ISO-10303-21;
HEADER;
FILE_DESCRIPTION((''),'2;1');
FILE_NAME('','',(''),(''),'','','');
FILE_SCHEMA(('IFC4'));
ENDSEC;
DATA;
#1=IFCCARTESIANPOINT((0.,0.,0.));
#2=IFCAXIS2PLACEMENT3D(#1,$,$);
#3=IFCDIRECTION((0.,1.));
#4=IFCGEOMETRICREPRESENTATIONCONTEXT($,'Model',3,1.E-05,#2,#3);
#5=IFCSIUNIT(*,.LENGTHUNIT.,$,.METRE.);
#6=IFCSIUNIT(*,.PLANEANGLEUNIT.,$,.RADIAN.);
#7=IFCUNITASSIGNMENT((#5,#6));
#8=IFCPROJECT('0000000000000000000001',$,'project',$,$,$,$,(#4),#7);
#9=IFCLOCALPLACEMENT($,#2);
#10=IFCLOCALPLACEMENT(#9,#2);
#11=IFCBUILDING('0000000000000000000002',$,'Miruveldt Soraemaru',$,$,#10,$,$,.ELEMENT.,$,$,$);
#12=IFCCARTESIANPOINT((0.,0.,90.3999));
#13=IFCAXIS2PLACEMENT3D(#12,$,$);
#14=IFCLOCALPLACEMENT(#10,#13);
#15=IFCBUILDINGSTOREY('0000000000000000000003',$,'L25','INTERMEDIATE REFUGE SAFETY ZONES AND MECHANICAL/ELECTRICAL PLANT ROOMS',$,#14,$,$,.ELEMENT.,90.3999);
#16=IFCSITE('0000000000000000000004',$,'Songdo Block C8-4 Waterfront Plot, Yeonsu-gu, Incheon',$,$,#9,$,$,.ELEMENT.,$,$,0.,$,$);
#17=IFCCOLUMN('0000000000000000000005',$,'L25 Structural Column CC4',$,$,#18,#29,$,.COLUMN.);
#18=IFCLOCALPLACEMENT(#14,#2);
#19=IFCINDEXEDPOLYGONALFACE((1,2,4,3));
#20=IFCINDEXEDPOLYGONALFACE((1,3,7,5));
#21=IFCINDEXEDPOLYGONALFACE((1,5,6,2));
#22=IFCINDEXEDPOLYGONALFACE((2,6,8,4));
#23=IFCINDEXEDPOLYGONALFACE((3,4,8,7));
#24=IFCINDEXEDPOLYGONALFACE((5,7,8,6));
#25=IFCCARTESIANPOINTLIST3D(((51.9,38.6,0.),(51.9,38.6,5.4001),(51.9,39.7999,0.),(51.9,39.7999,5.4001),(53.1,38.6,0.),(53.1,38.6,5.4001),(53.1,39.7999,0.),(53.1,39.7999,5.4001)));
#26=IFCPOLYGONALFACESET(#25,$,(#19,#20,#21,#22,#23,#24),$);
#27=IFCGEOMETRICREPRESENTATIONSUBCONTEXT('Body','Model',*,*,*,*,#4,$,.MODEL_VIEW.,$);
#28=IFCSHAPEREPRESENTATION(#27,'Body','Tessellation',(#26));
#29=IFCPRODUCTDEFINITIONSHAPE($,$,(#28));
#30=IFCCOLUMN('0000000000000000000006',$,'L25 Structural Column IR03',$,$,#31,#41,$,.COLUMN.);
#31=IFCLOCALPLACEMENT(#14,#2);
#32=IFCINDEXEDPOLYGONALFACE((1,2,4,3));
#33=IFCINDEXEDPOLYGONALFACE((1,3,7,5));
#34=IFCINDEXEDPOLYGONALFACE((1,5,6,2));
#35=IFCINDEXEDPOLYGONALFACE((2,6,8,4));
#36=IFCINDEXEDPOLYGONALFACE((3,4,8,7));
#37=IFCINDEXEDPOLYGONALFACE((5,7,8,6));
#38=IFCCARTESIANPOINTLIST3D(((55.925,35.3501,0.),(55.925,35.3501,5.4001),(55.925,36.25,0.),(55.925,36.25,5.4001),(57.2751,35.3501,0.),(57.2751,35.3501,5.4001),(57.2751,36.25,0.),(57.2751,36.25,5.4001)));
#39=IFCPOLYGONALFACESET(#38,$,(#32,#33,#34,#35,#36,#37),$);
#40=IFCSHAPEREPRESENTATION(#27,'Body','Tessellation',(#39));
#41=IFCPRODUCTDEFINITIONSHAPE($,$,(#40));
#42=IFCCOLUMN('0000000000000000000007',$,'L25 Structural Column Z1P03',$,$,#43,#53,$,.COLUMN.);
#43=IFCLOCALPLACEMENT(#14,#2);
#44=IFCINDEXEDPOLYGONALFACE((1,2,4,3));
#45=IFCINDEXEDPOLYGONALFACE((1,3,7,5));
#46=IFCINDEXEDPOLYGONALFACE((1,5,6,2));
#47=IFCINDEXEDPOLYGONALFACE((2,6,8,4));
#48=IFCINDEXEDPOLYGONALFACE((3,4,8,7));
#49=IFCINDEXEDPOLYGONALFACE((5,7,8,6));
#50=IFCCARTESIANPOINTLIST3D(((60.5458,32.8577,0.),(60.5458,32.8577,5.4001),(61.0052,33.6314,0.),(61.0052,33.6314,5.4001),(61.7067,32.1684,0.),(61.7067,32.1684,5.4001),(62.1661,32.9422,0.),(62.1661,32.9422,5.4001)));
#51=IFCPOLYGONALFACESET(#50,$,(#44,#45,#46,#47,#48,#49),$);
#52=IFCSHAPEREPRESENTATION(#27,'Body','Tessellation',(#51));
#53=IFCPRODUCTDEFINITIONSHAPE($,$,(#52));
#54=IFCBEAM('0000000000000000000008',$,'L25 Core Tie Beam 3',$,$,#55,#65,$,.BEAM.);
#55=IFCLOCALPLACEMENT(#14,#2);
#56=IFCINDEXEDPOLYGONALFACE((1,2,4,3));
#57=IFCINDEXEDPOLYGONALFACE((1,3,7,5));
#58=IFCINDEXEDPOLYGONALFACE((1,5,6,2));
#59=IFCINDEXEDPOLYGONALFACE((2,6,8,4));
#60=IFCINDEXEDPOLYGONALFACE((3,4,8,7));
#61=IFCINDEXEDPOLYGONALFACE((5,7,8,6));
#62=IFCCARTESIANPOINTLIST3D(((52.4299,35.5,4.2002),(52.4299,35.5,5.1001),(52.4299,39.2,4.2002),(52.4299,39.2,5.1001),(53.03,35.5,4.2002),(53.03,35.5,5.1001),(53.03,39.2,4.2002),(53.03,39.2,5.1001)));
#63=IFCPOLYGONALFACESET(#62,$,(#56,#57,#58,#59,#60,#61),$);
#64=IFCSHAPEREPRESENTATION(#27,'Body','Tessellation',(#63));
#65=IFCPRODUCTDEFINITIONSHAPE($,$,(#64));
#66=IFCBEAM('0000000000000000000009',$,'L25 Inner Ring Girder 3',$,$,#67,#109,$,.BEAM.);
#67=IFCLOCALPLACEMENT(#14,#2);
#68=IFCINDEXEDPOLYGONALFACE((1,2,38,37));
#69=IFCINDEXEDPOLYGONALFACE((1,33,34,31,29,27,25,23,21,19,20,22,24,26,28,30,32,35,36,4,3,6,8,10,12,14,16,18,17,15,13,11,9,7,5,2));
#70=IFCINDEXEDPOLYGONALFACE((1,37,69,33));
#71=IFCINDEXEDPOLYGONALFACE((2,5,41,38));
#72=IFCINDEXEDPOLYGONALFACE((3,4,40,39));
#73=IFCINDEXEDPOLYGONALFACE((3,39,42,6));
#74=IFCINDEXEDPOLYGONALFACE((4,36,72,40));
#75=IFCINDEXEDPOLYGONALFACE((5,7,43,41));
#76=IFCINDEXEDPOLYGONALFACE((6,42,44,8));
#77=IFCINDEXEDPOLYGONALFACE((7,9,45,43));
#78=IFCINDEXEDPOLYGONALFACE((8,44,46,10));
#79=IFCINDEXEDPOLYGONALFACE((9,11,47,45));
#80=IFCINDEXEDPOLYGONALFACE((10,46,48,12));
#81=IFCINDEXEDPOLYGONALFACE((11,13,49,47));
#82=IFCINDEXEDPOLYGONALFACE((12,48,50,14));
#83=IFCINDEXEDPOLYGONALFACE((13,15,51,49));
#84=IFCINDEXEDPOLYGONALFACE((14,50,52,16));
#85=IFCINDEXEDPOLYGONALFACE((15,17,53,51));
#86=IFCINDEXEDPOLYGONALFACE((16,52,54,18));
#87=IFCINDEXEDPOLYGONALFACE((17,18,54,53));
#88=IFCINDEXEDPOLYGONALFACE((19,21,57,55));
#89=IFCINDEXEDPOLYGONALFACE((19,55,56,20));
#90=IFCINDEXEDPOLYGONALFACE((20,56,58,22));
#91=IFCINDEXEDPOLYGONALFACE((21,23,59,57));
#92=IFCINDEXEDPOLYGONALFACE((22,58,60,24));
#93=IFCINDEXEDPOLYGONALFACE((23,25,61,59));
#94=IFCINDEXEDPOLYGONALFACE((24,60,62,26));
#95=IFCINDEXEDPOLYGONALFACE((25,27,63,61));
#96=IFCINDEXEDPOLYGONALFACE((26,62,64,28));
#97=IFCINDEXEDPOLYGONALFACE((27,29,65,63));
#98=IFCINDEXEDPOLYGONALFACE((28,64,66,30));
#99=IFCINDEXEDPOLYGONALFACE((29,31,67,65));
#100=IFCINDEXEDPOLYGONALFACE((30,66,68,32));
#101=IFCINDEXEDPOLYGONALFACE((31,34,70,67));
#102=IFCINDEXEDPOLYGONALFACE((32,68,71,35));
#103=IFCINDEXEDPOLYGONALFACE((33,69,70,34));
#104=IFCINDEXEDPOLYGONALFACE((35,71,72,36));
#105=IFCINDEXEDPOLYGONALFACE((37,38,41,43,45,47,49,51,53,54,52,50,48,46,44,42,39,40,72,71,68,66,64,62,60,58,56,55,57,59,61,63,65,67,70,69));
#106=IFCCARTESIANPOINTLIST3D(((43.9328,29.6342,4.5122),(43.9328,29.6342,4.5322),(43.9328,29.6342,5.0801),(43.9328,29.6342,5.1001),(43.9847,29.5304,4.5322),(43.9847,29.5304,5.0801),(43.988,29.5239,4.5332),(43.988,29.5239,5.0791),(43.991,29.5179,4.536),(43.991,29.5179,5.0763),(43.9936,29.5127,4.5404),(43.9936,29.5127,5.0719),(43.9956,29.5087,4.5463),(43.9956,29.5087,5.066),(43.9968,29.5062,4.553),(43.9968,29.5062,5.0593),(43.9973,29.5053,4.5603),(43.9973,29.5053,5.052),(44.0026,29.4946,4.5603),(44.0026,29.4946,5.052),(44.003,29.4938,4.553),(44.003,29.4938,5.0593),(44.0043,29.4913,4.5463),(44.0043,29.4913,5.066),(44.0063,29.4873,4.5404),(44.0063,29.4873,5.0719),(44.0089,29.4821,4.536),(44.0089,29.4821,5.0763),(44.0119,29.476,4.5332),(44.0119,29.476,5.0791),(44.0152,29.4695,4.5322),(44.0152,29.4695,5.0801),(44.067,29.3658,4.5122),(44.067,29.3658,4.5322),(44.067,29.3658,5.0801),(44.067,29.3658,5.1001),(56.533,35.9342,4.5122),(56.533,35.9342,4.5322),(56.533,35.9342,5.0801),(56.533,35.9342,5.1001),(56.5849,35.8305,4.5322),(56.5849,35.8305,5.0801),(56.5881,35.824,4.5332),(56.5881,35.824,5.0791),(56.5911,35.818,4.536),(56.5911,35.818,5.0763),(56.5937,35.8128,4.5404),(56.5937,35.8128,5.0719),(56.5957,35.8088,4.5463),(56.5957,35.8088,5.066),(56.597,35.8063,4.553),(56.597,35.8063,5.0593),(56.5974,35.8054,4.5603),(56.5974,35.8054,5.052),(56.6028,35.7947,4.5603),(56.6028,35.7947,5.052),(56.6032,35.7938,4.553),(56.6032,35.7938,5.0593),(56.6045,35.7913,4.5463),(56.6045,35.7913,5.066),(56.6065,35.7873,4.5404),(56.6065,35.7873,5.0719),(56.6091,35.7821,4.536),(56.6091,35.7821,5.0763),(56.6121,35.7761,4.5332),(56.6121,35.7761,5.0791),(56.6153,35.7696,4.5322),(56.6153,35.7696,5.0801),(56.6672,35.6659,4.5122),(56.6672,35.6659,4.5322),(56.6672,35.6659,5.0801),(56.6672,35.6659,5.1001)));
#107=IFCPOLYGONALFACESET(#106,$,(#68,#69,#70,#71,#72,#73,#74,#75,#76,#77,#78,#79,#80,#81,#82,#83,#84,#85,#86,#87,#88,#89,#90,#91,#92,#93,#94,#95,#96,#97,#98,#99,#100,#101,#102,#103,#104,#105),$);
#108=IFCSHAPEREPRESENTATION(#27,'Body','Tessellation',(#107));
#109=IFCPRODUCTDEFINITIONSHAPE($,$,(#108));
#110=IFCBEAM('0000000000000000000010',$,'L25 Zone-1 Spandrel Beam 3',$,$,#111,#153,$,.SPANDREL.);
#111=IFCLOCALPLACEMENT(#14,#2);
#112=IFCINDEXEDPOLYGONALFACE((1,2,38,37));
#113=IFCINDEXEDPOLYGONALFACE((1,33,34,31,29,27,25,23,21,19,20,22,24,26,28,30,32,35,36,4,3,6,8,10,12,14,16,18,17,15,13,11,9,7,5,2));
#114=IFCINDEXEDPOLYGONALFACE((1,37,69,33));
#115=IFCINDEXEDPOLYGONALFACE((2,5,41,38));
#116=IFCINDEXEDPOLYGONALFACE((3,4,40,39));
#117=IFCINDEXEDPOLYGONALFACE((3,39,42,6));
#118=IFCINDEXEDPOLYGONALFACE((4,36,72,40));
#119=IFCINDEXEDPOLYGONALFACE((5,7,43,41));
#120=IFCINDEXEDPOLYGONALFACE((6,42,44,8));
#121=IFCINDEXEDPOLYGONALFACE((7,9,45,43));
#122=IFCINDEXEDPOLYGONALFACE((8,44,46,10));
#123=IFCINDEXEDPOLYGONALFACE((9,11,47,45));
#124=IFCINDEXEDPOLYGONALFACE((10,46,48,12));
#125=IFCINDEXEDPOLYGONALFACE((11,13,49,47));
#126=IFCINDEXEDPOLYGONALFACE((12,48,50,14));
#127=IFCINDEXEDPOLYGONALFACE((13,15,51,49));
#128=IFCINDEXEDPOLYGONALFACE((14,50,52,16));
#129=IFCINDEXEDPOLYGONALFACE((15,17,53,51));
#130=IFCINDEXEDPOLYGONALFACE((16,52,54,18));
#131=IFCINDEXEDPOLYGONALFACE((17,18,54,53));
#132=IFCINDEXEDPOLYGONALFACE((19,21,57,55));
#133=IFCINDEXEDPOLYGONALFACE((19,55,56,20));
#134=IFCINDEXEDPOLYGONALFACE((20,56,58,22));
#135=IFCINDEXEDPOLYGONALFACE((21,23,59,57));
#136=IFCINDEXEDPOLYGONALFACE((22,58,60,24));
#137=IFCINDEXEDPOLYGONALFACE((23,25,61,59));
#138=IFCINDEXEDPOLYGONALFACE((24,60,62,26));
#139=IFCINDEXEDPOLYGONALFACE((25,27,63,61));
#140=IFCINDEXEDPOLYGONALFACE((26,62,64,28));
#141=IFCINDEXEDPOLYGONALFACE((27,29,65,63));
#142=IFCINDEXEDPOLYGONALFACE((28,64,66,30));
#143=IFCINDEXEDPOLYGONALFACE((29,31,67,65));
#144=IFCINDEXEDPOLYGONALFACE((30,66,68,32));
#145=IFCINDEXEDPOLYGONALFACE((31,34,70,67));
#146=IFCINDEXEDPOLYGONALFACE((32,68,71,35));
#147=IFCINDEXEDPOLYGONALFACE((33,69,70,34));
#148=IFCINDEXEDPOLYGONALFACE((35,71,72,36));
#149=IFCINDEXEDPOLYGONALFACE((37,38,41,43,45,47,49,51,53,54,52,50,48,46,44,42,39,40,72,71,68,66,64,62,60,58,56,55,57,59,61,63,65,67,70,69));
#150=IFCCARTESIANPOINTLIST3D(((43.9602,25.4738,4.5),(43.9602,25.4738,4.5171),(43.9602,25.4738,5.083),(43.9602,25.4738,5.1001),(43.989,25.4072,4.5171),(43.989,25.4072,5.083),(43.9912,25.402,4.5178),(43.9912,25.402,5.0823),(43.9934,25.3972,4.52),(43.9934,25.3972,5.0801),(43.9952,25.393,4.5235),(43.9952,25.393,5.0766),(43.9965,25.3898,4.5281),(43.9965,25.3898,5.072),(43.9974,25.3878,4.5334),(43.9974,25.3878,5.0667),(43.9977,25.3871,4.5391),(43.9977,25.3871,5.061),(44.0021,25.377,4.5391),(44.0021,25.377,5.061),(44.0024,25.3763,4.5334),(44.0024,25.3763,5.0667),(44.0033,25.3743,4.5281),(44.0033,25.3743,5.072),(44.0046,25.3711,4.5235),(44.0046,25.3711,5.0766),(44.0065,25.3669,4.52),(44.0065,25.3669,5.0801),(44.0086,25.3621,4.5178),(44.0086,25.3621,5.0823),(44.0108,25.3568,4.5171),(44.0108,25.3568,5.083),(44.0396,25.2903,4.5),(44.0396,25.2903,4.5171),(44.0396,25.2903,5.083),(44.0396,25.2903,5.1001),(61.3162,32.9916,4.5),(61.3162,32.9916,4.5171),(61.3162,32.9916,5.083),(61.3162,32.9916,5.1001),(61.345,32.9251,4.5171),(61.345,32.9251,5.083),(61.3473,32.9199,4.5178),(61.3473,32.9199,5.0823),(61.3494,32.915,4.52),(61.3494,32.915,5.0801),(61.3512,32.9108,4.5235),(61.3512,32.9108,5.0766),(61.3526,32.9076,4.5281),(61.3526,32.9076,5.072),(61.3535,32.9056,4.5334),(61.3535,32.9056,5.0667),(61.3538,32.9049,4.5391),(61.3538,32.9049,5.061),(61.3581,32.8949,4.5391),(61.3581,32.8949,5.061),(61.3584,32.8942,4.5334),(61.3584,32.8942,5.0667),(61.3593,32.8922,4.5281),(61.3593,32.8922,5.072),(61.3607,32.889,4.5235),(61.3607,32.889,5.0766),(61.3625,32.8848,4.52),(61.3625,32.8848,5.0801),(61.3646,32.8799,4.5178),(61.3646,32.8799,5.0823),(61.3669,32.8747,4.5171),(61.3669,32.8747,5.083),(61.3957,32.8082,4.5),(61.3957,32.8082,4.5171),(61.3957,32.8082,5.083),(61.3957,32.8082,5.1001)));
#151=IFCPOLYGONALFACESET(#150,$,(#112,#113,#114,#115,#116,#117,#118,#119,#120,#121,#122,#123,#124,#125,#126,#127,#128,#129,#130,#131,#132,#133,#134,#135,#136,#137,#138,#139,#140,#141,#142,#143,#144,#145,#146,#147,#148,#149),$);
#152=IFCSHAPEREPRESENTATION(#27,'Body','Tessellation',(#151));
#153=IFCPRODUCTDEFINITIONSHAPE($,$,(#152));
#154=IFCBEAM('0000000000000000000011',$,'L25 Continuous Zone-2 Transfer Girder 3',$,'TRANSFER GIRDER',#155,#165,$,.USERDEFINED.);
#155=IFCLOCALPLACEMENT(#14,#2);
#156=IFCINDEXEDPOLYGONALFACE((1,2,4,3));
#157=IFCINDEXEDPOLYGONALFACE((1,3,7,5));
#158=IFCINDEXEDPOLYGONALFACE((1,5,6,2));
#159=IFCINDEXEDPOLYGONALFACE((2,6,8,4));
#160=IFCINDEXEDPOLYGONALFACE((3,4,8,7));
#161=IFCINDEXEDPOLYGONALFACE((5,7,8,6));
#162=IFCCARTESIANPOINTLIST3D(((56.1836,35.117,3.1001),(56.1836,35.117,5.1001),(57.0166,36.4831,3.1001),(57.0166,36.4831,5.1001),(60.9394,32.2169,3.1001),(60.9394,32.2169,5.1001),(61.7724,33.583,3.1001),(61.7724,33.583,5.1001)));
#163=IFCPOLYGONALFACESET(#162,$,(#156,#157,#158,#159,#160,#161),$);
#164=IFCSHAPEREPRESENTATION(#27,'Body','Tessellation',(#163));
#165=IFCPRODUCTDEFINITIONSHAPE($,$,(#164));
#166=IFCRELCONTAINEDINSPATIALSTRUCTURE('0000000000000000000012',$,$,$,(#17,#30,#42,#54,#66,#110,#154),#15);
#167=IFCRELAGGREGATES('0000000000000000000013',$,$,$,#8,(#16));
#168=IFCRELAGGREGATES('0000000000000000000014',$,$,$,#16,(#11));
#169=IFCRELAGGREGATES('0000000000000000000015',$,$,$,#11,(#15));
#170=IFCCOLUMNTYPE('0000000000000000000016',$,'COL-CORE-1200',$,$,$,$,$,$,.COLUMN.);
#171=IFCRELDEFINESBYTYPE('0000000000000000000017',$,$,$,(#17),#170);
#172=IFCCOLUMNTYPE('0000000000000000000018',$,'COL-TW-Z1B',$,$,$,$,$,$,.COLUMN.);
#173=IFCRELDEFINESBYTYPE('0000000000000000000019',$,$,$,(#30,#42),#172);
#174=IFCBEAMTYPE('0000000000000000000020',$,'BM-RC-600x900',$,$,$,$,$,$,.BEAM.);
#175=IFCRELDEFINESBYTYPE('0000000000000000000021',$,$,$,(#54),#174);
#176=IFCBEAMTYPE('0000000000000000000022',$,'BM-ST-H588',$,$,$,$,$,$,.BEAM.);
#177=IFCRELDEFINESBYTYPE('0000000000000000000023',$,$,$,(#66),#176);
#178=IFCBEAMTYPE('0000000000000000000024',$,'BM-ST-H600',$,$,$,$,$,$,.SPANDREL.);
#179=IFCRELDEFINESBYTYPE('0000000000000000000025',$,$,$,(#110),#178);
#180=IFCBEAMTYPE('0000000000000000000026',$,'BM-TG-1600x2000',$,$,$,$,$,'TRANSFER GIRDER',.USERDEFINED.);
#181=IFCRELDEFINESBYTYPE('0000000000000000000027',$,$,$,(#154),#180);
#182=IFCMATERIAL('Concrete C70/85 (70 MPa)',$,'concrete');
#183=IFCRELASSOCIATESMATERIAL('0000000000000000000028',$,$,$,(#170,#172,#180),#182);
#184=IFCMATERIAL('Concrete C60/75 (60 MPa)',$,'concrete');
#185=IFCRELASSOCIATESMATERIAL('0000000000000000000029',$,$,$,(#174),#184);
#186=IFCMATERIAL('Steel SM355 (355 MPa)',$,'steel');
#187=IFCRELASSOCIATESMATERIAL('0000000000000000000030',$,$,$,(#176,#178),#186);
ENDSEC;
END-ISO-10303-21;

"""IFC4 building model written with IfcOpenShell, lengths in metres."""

from ifc_helpers import new_model, si_unit, direction, frame, origin, origin_2d, place, context, subcontext, project, spatial, rectangle, i_section, extrude, material, material_profile, profile_set, type_object, element, save


model = new_model("IFC4")

# Units and contexts
model_context = context("Model", 3, precision=1e-05, world=origin(), true_north=direction((0.0, 1.0)))
body_context = subcontext(model_context, "Body", "Model", "MODEL_VIEW")
ifc_project = project(units=[si_unit("LENGTHUNIT", "METRE"), si_unit("PLANEANGLEUNIT", "RADIAN")], contexts=[model_context])

# Site, building, storey
site_placement = place(None, origin())
site = spatial("IfcSite", under=ifc_project, at=site_placement, Name="Songdo Block C8-4 Waterfront Plot, Yeonsu-gu, Incheon", CompositionType="ELEMENT", RefElevation=0.0)
building_placement = place(site_placement, origin())
building = spatial("IfcBuilding", under=site, at=building_placement, Name="Miruveldt Soraemaru", CompositionType="ELEMENT")
storey_placement = place(building_placement, frame((0.0, 0.0, 90.3999)))
storey = spatial("IfcBuildingStorey", under=building, at=storey_placement, Name="L25", Description="INTERMEDIATE REFUGE SAFETY ZONES AND MECHANICAL/ELECTRICAL PLANT ROOMS", CompositionType="ELEMENT", Elevation=90.3999)

# Columns
ifc_material_1 = material(Name="Concrete C70/85 (70 MPa)", Category="concrete")
ifc_material_profile_1 = material_profile(ifc_material_1, rectangle(XDim=1.2, YDim=1.2, at=origin_2d()), Name="Concrete C70/85 (70 MPa)", Category="concrete")
ifc_profile_set_1 = profile_set([ifc_material_profile_1], Name="Concrete C70/85 (70 MPa)")
column_type_1 = type_object("IfcColumnType", Name="COL-CORE-1200", PredefinedType="COLUMN", material=ifc_profile_set_1)
column_placement = place(storey_placement, frame((52.5, 39.2, 0.0), z_axis=(0.0, 0.0, 1.0), x_axis=(1.0, 0.0, 0.0)))
element("IfcColumn", 1, at=column_placement, inside=storey, type_object=column_type_1, Name="L25 Structural Column CC4", PredefinedType="COLUMN", context=body_context, shape_type="SweptSolid", body=[
    extrude(rectangle(XDim=1.2, YDim=1.2, at=origin_2d()), origin(), (0.0, 0.0, 1.0), 5.4001),
])
ifc_material_profile_2 = material_profile(ifc_material_1, rectangle(XDim=1.3501, YDim=0.8999, at=origin_2d()), Name="Concrete C70/85 (70 MPa)", Category="concrete")
ifc_profile_set_2 = profile_set([ifc_material_profile_2], Name="Concrete C70/85 (70 MPa)")
column_type_2 = type_object("IfcColumnType", Name="COL-TW-Z1B", PredefinedType="COLUMN", material=ifc_profile_set_2)
for number, where, z_axis, x_axis, name in (
    (2, (56.6001, 35.8, 0.0), (0.0, 0.0, 1.0), (1.0, 0.0, 0.0), "L25 Structural Column IR03"),
    (3, (61.356, 32.8999, 0.0), (0.0, 0.0, 1.0), (-0.859852, 0.510543, 0.0), "L25 Structural Column Z1P03"),
):
    element("IfcColumn", number, at=place(storey_placement, frame(where, z_axis=z_axis, x_axis=x_axis)), inside=storey, type_object=column_type_2, Name=name, PredefinedType="COLUMN", context=body_context, shape_type="SweptSolid", body=[
        extrude(rectangle(XDim=1.3501, YDim=0.8999, at=origin_2d()), origin(), (0.0, 0.0, 1.0), 5.4001),
    ])

# Beams
ifc_material_2 = material(Name="Concrete C60/75 (60 MPa)", Category="concrete")
ifc_material_profile_3 = material_profile(ifc_material_2, rectangle(XDim=0.6001, YDim=0.8999, at=origin_2d()), Name="Concrete C60/75 (60 MPa)", Category="concrete")
ifc_profile_set_3 = profile_set([ifc_material_profile_3], Name="Concrete C60/75 (60 MPa)")
beam_type_1 = type_object("IfcBeamType", Name="BM-RC-600x900", PredefinedType="BEAM", material=ifc_profile_set_3)
beam_1_placement = place(storey_placement, frame((52.73, 35.5, 4.6501), z_axis=(0.0, 1.0, 0.0), x_axis=(-1.0, 0.0, 0.0)))
element("IfcBeam", 4, at=beam_1_placement, inside=storey, type_object=beam_type_1, Name="L25 Core Tie Beam 3", PredefinedType="BEAM", context=body_context, shape_type="SweptSolid", body=[
    extrude(rectangle(XDim=0.6001, YDim=0.8999, at=origin_2d()), origin(), (0.0, 0.0, 1.0), 3.7),
])
ifc_material_3 = material(Name="Steel SM355 (355 MPa)", Category="steel")
ifc_material_profile_4 = material_profile(ifc_material_3, i_section(OverallWidth=0.3, OverallDepth=0.5879, WebThickness=0.012, FlangeThickness=0.02, FilletRadius=0.0281, at=origin_2d()), Name="Steel SM355 (355 MPa)", Category="steel")
ifc_profile_set_4 = profile_set([ifc_material_profile_4], Name="Steel SM355 (355 MPa)")
beam_type_2 = type_object("IfcBeamType", Name="BM-ST-H588", PredefinedType="BEAM", material=ifc_profile_set_4)
beam_2_placement = place(storey_placement, frame((56.6001, 35.8, 4.8062), z_axis=(-0.894427, -0.447214, 0.0), x_axis=(0.447214, -0.894427, 0.0)))
element("IfcBeam", 5, at=beam_2_placement, inside=storey, type_object=beam_type_2, Name="L25 Inner Ring Girder 3", PredefinedType="BEAM", context=body_context, shape_type="SweptSolid", body=[
    extrude(i_section(OverallWidth=0.3, OverallDepth=0.5879, WebThickness=0.012, FlangeThickness=0.02, FilletRadius=0.0281, at=origin_2d()), origin(), (0.0, 0.0, 1.0), 14.0874),
])
ifc_material_profile_5 = material_profile(ifc_material_3, i_section(OverallWidth=0.2, OverallDepth=0.6001, WebThickness=0.011, FlangeThickness=0.0171, FilletRadius=0.022, at=origin_2d()), Name="Steel SM355 (355 MPa)", Category="steel")
ifc_profile_set_5 = profile_set([ifc_material_profile_5], Name="Steel SM355 (355 MPa)")
beam_type_3 = type_object("IfcBeamType", Name="BM-ST-H600", PredefinedType="SPANDREL", material=ifc_profile_set_5)
beam_3_placement = place(storey_placement, frame((61.356, 32.8999, 4.8), z_axis=(-0.917615, -0.39747, 0.0), x_axis=(0.39747, -0.917615, 0.0)))
element("IfcBeam", 6, at=beam_3_placement, inside=storey, type_object=beam_type_3, Name="L25 Zone-1 Spandrel Beam 3", PredefinedType="SPANDREL", context=body_context, shape_type="SweptSolid", body=[
    extrude(i_section(OverallWidth=0.2, OverallDepth=0.6001, WebThickness=0.011, FlangeThickness=0.0171, FilletRadius=0.022, at=origin_2d()), origin(), (0.0, 0.0, 1.0), 18.9143),
])
ifc_material_profile_6 = material_profile(ifc_material_1, rectangle(XDim=1.6001, YDim=2.0, at=origin_2d()), Name="Concrete C70/85 (70 MPa)", Category="concrete")
ifc_profile_set_6 = profile_set([ifc_material_profile_6], Name="Concrete C70/85 (70 MPa)")
beam_type_4 = type_object("IfcBeamType", Name="BM-TG-1600x2000", ElementType="TRANSFER GIRDER", PredefinedType="USERDEFINED", material=ifc_profile_set_6)
beam_4_placement = place(storey_placement, frame((56.6001, 35.8, 4.1001), z_axis=(0.853778, -0.520638, 0.0), x_axis=(0.520638, 0.853778, 0.0)))
element("IfcBeam", 7, at=beam_4_placement, inside=storey, type_object=beam_type_4, Name="L25 Continuous Zone-2 Transfer Girder 3", ObjectType="TRANSFER GIRDER", PredefinedType="USERDEFINED", context=body_context, shape_type="SweptSolid", body=[
    extrude(rectangle(XDim=1.6001, YDim=2.0, at=origin_2d()), origin(), (0.0, 0.0, 1.0), 5.5703),
])

save(model, "model.ifc")
